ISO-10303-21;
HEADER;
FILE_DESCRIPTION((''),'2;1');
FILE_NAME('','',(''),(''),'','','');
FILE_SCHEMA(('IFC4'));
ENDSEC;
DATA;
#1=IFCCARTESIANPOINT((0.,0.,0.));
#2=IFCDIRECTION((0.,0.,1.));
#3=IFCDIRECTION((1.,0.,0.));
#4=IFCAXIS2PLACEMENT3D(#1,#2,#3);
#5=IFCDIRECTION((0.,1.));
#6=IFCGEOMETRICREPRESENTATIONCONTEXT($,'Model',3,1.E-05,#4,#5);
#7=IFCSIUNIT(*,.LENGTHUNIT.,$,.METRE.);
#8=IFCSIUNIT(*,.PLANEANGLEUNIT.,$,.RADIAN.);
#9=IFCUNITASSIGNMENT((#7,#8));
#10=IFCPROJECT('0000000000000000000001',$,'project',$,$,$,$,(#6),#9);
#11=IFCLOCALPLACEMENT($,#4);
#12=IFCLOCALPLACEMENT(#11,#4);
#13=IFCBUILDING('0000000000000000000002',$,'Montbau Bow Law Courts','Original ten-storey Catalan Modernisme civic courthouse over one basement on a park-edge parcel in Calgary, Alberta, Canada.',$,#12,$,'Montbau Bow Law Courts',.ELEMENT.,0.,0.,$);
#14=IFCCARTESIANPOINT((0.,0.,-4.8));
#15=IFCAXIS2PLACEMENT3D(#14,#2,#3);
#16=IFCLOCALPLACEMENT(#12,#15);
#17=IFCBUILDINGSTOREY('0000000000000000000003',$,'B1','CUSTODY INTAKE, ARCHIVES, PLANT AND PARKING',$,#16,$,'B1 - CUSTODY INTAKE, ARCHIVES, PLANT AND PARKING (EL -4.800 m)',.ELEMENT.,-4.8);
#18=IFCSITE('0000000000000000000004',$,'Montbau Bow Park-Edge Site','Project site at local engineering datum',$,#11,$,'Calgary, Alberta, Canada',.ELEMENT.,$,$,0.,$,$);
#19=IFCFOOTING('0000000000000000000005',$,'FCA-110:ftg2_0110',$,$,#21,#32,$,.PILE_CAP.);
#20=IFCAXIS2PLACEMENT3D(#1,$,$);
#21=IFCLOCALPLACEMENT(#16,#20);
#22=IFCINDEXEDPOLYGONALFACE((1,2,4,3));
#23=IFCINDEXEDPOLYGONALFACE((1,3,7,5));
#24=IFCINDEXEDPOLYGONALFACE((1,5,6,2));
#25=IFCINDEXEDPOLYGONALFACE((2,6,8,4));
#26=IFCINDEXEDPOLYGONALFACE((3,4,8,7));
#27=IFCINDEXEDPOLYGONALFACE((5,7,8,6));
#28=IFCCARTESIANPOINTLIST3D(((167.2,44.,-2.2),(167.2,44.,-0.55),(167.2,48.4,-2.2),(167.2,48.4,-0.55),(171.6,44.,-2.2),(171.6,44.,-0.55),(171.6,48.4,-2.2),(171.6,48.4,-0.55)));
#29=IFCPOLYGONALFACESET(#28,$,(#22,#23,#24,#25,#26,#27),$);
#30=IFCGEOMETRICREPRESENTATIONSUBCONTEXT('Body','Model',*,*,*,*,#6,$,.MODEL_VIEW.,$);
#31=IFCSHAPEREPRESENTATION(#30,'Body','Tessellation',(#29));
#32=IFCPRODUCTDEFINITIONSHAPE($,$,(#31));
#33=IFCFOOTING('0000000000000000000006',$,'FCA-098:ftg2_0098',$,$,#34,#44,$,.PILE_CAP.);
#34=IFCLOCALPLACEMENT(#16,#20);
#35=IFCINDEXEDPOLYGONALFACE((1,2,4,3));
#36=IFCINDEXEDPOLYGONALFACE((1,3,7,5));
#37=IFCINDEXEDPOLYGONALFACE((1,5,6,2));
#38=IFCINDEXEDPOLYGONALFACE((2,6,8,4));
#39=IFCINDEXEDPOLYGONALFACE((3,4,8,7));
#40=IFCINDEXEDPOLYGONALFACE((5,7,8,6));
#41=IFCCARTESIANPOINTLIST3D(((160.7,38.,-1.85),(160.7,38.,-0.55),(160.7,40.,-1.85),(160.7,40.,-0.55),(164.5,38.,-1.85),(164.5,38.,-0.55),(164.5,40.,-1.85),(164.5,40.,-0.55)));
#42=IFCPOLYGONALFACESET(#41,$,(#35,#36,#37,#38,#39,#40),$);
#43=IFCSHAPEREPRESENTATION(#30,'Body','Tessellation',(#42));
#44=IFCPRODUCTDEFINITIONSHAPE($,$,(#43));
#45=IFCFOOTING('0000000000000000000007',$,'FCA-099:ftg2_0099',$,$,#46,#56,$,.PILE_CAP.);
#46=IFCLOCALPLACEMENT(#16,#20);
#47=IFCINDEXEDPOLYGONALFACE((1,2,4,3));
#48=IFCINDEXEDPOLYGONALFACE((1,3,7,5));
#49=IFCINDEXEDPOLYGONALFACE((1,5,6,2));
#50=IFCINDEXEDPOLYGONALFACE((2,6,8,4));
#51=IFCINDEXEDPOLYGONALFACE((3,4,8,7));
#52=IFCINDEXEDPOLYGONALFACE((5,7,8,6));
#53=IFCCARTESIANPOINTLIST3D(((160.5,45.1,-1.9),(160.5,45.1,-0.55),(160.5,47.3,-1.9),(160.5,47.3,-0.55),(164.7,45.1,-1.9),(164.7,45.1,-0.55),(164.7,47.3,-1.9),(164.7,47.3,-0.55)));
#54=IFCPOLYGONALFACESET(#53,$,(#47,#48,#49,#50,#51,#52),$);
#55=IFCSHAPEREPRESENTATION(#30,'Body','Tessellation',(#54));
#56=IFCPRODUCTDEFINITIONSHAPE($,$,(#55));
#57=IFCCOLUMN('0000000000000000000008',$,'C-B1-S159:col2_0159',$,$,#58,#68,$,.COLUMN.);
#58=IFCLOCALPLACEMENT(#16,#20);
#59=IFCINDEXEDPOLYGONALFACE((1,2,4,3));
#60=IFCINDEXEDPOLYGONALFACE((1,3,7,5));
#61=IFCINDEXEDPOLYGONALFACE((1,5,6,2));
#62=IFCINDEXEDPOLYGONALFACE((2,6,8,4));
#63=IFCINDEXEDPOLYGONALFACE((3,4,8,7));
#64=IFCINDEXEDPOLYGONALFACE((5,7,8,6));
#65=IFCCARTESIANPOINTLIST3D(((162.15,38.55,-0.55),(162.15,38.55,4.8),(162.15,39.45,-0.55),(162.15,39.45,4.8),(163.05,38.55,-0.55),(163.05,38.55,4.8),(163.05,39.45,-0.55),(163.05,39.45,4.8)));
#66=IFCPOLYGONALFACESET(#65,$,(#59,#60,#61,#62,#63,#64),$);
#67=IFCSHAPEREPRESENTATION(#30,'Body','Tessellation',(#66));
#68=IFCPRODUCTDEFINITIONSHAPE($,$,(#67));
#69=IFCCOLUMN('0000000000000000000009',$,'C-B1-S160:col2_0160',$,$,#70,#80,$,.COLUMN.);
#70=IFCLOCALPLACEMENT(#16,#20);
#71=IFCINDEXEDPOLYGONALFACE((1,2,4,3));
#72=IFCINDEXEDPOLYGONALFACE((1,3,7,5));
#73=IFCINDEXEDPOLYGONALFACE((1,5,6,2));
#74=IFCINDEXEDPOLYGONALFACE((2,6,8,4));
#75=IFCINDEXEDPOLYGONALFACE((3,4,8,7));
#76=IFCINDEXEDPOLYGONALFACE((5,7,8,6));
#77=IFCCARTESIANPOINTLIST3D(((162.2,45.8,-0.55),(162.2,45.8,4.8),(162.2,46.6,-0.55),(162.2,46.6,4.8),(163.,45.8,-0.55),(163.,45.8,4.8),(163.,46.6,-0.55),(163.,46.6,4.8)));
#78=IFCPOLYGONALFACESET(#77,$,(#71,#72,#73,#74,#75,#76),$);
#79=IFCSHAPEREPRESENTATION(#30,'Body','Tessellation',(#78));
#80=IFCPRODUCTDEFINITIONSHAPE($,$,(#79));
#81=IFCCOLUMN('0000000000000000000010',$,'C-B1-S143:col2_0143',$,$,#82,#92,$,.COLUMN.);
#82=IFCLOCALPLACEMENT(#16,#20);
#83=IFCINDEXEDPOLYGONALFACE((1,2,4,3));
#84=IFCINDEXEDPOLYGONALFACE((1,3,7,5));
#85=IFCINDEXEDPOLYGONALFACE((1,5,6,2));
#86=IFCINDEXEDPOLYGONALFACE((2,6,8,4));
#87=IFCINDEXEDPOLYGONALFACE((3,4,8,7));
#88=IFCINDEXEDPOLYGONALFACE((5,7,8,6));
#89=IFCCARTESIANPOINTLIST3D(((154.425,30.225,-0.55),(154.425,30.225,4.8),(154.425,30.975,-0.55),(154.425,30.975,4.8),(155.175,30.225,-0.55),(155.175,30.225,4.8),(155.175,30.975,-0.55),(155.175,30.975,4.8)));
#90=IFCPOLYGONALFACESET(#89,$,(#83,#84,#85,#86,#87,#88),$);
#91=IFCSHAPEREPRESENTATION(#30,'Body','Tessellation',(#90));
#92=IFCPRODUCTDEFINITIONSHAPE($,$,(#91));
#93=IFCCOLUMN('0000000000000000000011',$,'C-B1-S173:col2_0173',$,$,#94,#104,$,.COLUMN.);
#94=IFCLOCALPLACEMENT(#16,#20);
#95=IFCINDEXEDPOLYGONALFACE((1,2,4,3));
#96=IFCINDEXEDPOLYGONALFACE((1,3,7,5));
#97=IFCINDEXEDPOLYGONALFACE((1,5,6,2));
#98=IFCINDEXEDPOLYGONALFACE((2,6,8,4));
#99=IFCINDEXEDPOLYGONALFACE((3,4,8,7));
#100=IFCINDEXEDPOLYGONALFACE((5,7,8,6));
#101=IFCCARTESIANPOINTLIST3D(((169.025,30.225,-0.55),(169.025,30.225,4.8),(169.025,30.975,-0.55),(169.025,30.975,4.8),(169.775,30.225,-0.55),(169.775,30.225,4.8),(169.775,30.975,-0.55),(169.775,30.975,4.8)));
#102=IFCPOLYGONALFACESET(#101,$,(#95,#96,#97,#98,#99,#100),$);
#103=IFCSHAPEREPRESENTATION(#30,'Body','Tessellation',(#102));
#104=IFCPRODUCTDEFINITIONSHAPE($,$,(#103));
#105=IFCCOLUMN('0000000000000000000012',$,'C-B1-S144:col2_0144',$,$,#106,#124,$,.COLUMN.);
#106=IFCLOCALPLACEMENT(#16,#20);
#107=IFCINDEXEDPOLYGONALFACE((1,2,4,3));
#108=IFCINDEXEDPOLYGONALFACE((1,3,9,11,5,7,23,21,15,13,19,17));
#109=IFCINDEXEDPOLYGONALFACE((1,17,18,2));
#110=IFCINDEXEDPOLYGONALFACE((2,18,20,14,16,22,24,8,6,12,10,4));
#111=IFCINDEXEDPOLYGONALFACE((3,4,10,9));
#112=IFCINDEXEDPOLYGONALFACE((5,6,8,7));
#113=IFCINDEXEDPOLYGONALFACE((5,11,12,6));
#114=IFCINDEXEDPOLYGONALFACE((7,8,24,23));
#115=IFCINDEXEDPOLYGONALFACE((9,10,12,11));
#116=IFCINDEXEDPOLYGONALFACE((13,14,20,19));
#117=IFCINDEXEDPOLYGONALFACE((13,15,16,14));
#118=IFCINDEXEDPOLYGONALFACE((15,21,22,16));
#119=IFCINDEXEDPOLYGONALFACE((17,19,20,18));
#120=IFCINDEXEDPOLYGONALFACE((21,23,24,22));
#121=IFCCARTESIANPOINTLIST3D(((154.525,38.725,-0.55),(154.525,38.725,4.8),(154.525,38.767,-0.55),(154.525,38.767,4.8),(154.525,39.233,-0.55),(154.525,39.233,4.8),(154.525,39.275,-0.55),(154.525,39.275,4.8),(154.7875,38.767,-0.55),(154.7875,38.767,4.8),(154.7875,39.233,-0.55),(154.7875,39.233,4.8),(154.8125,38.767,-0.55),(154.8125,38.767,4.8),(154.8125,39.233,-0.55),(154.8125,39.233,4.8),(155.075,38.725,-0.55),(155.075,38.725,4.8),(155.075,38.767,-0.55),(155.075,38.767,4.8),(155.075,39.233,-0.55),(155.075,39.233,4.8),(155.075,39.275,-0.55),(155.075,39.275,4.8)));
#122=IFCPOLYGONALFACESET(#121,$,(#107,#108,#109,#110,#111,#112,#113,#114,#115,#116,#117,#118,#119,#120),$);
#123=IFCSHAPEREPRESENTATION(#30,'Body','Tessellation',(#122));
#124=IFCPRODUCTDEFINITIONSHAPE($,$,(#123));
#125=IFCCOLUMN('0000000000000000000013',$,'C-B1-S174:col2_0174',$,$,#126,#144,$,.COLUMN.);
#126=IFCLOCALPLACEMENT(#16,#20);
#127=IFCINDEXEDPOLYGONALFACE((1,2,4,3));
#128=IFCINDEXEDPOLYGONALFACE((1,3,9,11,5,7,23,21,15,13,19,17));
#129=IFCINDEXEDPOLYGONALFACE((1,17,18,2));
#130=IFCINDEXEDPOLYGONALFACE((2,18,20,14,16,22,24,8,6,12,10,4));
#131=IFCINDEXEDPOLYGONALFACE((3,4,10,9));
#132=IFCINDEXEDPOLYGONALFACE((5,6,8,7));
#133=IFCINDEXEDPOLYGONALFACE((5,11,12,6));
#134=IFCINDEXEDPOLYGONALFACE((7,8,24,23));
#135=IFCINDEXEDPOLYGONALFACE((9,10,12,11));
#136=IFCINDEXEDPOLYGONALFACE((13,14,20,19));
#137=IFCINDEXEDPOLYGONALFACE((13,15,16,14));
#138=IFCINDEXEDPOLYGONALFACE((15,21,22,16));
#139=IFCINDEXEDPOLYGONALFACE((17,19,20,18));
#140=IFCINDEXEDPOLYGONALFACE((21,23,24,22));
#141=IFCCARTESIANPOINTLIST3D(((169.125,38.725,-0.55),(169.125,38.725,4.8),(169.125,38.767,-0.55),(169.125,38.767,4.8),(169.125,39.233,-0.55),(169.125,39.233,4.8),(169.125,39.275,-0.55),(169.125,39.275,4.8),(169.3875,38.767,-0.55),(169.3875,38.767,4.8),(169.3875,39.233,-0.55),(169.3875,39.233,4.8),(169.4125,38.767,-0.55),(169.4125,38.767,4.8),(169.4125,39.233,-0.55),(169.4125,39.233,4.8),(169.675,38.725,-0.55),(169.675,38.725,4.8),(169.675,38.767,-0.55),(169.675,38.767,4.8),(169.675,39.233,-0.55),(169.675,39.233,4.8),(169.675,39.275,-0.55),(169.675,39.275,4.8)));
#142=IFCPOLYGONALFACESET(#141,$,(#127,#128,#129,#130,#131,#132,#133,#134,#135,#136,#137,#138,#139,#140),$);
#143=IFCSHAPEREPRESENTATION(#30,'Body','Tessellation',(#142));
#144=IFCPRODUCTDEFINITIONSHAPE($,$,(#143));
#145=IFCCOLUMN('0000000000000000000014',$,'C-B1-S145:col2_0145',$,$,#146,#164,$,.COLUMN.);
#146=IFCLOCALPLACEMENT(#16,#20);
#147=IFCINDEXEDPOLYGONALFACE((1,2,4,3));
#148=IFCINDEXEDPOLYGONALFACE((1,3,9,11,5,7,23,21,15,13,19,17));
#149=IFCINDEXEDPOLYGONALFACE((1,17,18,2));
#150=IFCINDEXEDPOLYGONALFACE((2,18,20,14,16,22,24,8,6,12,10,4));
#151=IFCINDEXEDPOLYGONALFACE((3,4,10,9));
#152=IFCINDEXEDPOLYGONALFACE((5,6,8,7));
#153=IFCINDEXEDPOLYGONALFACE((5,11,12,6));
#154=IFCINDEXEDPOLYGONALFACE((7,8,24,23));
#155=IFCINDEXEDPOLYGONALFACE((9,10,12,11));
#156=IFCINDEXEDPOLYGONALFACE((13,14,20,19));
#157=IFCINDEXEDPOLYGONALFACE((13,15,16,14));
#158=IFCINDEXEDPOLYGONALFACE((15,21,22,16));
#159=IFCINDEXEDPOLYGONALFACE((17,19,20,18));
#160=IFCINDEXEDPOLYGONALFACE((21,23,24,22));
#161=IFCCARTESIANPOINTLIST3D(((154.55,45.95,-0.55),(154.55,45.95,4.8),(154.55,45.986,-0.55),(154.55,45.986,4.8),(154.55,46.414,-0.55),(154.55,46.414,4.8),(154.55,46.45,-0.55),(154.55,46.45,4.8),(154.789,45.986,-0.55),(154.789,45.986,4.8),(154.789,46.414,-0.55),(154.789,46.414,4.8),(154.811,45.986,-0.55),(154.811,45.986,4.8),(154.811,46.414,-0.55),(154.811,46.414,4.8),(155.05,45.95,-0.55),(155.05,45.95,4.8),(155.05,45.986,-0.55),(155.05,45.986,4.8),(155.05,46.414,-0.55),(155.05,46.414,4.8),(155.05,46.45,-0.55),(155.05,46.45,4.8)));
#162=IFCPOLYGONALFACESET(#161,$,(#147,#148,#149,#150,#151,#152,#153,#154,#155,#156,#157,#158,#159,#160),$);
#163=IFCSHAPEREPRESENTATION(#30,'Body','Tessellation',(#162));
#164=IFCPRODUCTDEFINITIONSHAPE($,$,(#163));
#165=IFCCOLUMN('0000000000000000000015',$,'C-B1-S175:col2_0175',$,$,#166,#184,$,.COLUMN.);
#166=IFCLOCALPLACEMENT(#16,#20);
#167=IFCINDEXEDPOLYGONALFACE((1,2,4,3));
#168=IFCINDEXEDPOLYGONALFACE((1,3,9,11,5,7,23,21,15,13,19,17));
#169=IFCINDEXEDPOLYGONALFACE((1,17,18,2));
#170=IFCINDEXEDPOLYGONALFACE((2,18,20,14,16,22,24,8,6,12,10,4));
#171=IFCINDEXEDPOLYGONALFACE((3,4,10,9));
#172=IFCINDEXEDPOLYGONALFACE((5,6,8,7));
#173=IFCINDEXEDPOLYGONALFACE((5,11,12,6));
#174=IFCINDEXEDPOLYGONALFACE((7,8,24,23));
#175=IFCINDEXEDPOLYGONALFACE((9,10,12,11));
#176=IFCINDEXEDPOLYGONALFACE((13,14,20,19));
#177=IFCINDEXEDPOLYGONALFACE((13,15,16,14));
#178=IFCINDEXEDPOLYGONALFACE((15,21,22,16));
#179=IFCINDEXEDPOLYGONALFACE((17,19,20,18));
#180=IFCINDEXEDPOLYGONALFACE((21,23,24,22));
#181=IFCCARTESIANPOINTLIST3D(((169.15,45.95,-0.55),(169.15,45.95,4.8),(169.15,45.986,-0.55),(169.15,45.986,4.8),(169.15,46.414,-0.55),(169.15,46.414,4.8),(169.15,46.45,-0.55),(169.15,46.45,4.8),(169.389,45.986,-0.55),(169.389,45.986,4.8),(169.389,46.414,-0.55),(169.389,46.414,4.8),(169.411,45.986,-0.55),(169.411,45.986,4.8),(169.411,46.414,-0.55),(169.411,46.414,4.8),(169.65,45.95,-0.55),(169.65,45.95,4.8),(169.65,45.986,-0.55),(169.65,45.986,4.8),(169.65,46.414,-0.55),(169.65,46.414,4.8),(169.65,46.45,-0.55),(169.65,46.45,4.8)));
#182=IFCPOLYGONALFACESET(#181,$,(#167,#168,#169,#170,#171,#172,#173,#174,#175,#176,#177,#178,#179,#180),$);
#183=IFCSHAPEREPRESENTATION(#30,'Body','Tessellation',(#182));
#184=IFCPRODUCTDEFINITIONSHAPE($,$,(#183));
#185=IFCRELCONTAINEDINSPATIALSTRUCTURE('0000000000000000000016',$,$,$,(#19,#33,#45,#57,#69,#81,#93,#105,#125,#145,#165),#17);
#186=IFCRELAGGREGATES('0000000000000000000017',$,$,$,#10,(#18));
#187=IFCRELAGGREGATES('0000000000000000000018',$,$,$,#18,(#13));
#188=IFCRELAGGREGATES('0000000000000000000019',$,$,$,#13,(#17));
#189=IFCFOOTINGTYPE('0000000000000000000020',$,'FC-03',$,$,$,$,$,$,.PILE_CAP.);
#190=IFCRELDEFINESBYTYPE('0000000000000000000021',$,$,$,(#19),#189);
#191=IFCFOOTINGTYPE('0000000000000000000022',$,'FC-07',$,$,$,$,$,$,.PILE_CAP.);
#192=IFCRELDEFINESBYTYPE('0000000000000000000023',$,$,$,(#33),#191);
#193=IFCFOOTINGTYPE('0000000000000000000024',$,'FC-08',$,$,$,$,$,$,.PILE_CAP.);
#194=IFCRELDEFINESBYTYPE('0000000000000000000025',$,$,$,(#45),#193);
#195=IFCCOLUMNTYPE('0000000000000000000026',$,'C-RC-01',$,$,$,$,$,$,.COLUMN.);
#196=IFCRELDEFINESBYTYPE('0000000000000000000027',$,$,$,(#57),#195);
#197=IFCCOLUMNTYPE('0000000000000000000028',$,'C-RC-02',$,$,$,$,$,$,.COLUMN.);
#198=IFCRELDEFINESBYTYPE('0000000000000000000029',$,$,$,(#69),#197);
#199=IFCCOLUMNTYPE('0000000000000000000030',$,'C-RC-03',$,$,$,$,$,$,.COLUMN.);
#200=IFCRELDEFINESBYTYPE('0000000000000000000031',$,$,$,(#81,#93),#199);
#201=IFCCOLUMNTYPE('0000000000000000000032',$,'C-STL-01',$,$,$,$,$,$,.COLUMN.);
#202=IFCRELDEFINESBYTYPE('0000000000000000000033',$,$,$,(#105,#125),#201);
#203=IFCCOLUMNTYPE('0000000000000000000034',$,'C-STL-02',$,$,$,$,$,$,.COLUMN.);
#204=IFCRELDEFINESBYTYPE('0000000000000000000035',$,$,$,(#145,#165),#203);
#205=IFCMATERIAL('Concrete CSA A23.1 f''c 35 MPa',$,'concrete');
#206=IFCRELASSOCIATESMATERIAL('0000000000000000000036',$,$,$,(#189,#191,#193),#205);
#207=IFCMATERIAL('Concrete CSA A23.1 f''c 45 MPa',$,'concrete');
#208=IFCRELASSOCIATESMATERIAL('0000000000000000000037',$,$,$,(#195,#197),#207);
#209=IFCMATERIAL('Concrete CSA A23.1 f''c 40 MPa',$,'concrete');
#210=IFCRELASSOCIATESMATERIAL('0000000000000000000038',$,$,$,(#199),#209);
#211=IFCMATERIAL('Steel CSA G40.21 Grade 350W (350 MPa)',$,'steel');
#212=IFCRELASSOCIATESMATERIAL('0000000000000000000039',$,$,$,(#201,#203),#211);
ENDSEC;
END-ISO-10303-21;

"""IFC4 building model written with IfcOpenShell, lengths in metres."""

from ifc_helpers import new_model, si_unit, direction, frame, origin_with_axes, origin_2d_with_axis, place, context, subcontext, project, spatial, rectangle, i_section, extrude, material, material_profile, profile_set, type_object, element, save


model = new_model("IFC4")

# Units and contexts
model_context = context("Model", 3, precision=1e-05, world=origin_with_axes(), true_north=direction((0.0, 1.0)))
body_context = subcontext(model_context, "Body", "Model", "MODEL_VIEW")
ifc_project = project(units=[si_unit("LENGTHUNIT", "METRE"), si_unit("PLANEANGLEUNIT", "RADIAN")], contexts=[model_context])

# Site, building, storey
site_placement = place(None, origin_with_axes())
site = spatial("IfcSite", under=ifc_project, at=site_placement, Name="Montbau Bow Park-Edge Site", Description="Project site at local engineering datum", LongName="Calgary, Alberta, Canada", CompositionType="ELEMENT", RefElevation=0.0)
building_placement = place(site_placement, origin_with_axes())
building = spatial("IfcBuilding", under=site, at=building_placement, Name="Montbau Bow Law Courts", Description="Original ten-storey Catalan Modernisme civic courthouse over one basement on a park-edge parcel in Calgary, Alberta, Canada.", LongName="Montbau Bow Law Courts", CompositionType="ELEMENT", ElevationOfRefHeight=0.0, ElevationOfTerrain=0.0)
storey_placement = place(building_placement, frame((0.0, 0.0, -4.8), z_axis=(0.0, 0.0, 1.0), x_axis=(1.0, 0.0, 0.0)))
storey = spatial("IfcBuildingStorey", under=building, at=storey_placement, Name="B1", Description="CUSTODY INTAKE, ARCHIVES, PLANT AND PARKING", LongName="B1 - CUSTODY INTAKE, ARCHIVES, PLANT AND PARKING (EL -4.800 m)", CompositionType="ELEMENT", Elevation=-4.8)

# Footings
ifc_material_1 = material(Name="Concrete CSA A23.1 f'c 35 MPa", Category="concrete")
footing_type_1 = type_object("IfcFootingType", Name="FC-03", PredefinedType="PILE_CAP", material=ifc_material_1)
footing_1_placement = place(None, frame((169.4, 46.2, -7.0), z_axis=(0.0, 0.0, 1.0), x_axis=(1.0, 0.0, 0.0)))
element("IfcFooting", 1, at=footing_1_placement, inside=storey, type_object=footing_type_1, Name="FCA-110:ftg2_0110", PredefinedType="PILE_CAP", context=body_context, shape_type="SweptSolid", body=[
    extrude(rectangle(XDim=4.4, YDim=4.4, at=origin_2d_with_axis()), origin_with_axes(), (0.0, 0.0, 1.0), 1.65),
])
footing_type_2 = type_object("IfcFootingType", Name="FC-07", PredefinedType="PILE_CAP", material=ifc_material_1)
footing_2_placement = place(None, frame((162.6, 39.0, -6.65), z_axis=(0.0, 0.0, 1.0), x_axis=(1.0, 0.0, 0.0)))
element("IfcFooting", 2, at=footing_2_placement, inside=storey, type_object=footing_type_2, Name="FCA-098:ftg2_0098", PredefinedType="PILE_CAP", context=body_context, shape_type="SweptSolid", body=[
    extrude(rectangle(XDim=3.8, YDim=2.0, at=origin_2d_with_axis()), origin_with_axes(), (0.0, 0.0, 1.0), 1.3),
])
footing_type_3 = type_object("IfcFootingType", Name="FC-08", PredefinedType="PILE_CAP", material=ifc_material_1)
footing_3_placement = place(None, frame((162.6, 46.2, -6.7), z_axis=(0.0, 0.0, 1.0), x_axis=(1.0, 0.0, 0.0)))
element("IfcFooting", 3, at=footing_3_placement, inside=storey, type_object=footing_type_3, Name="FCA-099:ftg2_0099", PredefinedType="PILE_CAP", context=body_context, shape_type="SweptSolid", body=[
    extrude(rectangle(XDim=4.2, YDim=2.2, at=origin_2d_with_axis()), origin_with_axes(), (0.0, 0.0, 1.0), 1.35),
])

# Columns
ifc_material_2 = material(Name="Concrete CSA A23.1 f'c 45 MPa", Category="concrete")
ifc_material_profile_1 = material_profile(ifc_material_2, rectangle(XDim=0.9, YDim=0.9, at=origin_2d_with_axis()), Name="RC900X900", Category="Main", Priority=0)
ifc_profile_set_1 = profile_set([ifc_material_profile_1], Name="Concrete CSA A23.1 f'c 45 MPa")
column_type_1 = type_object("IfcColumnType", Name="C-RC-01", PredefinedType="COLUMN", material=ifc_profile_set_1)
column_1_placement = place(None, frame((162.6, 39.0, -5.35), z_axis=(0.0, 0.0, 1.0), x_axis=(1.0, 0.0, 0.0)))
element("IfcColumn", 4, at=column_1_placement, inside=storey, type_object=column_type_1, Name="C-B1-S159:col2_0159", PredefinedType="COLUMN", context=body_context, shape_type="SweptSolid", body=[
    extrude(rectangle(XDim=0.9, YDim=0.9, at=origin_2d_with_axis()), origin_with_axes(), (0.0, 0.0, 1.0), 5.35),
])
ifc_material_profile_2 = material_profile(ifc_material_2, rectangle(XDim=0.8, YDim=0.8, at=origin_2d_with_axis()), Name="RC800X800", Category="Main", Priority=0)
ifc_profile_set_2 = profile_set([ifc_material_profile_2], Name="Concrete CSA A23.1 f'c 45 MPa")
column_type_2 = type_object("IfcColumnType", Name="C-RC-02", PredefinedType="COLUMN", material=ifc_profile_set_2)
column_2_placement = place(None, frame((162.6, 46.2, -5.35), z_axis=(0.0, 0.0, 1.0), x_axis=(1.0, 0.0, 0.0)))
element("IfcColumn", 5, at=column_2_placement, inside=storey, type_object=column_type_2, Name="C-B1-S160:col2_0160", PredefinedType="COLUMN", context=body_context, shape_type="SweptSolid", body=[
    extrude(rectangle(XDim=0.8, YDim=0.8, at=origin_2d_with_axis()), origin_with_axes(), (0.0, 0.0, 1.0), 5.35),
])
ifc_material_3 = material(Name="Concrete CSA A23.1 f'c 40 MPa", Category="concrete")
ifc_material_profile_3 = material_profile(ifc_material_3, rectangle(XDim=0.75, YDim=0.75, at=origin_2d_with_axis()), Name="RC750X750", Category="Main", Priority=0)
ifc_profile_set_3 = profile_set([ifc_material_profile_3], Name="Concrete CSA A23.1 f'c 40 MPa")
column_type_3 = type_object("IfcColumnType", Name="C-RC-03", PredefinedType="COLUMN", material=ifc_profile_set_3)
for number, where, z_axis, x_axis, name in (
    (6, (154.8, 30.6, -5.35), (0.0, 0.0, 1.0), (1.0, 0.0, 0.0), "C-B1-S143:col2_0143"),
    (7, (169.4, 30.6, -5.35), (0.0, 0.0, 1.0), (1.0, 0.0, 0.0), "C-B1-S173:col2_0173"),
):
    element("IfcColumn", number, at=place(None, frame(where, z_axis=z_axis, x_axis=x_axis)), inside=storey, type_object=column_type_3, Name=name, PredefinedType="COLUMN", context=body_context, shape_type="SweptSolid", body=[
        extrude(rectangle(XDim=0.75, YDim=0.75, at=origin_2d_with_axis()), origin_with_axes(), (0.0, 0.0, 1.0), 5.35),
    ])
ifc_material_4 = material(Name="Steel CSA G40.21 Grade 350W (350 MPa)", Category="steel")
ifc_material_profile_4 = material_profile(ifc_material_4, i_section(OverallWidth=0.55, OverallDepth=0.55, WebThickness=0.025, FlangeThickness=0.042, at=origin_2d_with_axis()), Name="WWF550X420", Category="Main", Priority=0)
ifc_profile_set_4 = profile_set([ifc_material_profile_4], Name="Steel CSA G40.21 Grade 350W (350 MPa)")
column_type_4 = type_object("IfcColumnType", Name="C-STL-01", PredefinedType="COLUMN", material=ifc_profile_set_4)
for number, where, z_axis, x_axis, name in (
    (8, (154.8, 39.0, -5.35), (0.0, 0.0, 1.0), (1.0, 0.0, 0.0), "C-B1-S144:col2_0144"),
    (9, (169.4, 39.0, -5.35), (0.0, 0.0, 1.0), (1.0, 0.0, 0.0), "C-B1-S174:col2_0174"),
):
    element("IfcColumn", number, at=place(None, frame(where, z_axis=z_axis, x_axis=x_axis)), inside=storey, type_object=column_type_4, Name=name, PredefinedType="COLUMN", context=body_context, shape_type="SweptSolid", body=[
        extrude(i_section(OverallWidth=0.55, OverallDepth=0.55, WebThickness=0.025, FlangeThickness=0.042, at=origin_2d_with_axis()), origin_with_axes(), (0.0, 0.0, 1.0), 5.35),
    ])
ifc_material_profile_5 = material_profile(ifc_material_4, i_section(OverallWidth=0.5, OverallDepth=0.5, WebThickness=0.022, FlangeThickness=0.036, at=origin_2d_with_axis()), Name="WWF500X343", Category="Main", Priority=0)
ifc_profile_set_5 = profile_set([ifc_material_profile_5], Name="Steel CSA G40.21 Grade 350W (350 MPa)")
column_type_5 = type_object("IfcColumnType", Name="C-STL-02", PredefinedType="COLUMN", material=ifc_profile_set_5)
for number, where, z_axis, x_axis, name in (
    (10, (154.8, 46.2, -5.35), (0.0, 0.0, 1.0), (1.0, 0.0, 0.0), "C-B1-S145:col2_0145"),
    (11, (169.4, 46.2, -5.35), (0.0, 0.0, 1.0), (1.0, 0.0, 0.0), "C-B1-S175:col2_0175"),
):
    element("IfcColumn", number, at=place(None, frame(where, z_axis=z_axis, x_axis=x_axis)), inside=storey, type_object=column_type_5, Name=name, PredefinedType="COLUMN", context=body_context, shape_type="SweptSolid", body=[
        extrude(i_section(OverallWidth=0.5, OverallDepth=0.5, WebThickness=0.022, FlangeThickness=0.036, at=origin_2d_with_axis()), origin_with_axes(), (0.0, 0.0, 1.0), 5.35),
    ])

save(model, "model.ifc")
